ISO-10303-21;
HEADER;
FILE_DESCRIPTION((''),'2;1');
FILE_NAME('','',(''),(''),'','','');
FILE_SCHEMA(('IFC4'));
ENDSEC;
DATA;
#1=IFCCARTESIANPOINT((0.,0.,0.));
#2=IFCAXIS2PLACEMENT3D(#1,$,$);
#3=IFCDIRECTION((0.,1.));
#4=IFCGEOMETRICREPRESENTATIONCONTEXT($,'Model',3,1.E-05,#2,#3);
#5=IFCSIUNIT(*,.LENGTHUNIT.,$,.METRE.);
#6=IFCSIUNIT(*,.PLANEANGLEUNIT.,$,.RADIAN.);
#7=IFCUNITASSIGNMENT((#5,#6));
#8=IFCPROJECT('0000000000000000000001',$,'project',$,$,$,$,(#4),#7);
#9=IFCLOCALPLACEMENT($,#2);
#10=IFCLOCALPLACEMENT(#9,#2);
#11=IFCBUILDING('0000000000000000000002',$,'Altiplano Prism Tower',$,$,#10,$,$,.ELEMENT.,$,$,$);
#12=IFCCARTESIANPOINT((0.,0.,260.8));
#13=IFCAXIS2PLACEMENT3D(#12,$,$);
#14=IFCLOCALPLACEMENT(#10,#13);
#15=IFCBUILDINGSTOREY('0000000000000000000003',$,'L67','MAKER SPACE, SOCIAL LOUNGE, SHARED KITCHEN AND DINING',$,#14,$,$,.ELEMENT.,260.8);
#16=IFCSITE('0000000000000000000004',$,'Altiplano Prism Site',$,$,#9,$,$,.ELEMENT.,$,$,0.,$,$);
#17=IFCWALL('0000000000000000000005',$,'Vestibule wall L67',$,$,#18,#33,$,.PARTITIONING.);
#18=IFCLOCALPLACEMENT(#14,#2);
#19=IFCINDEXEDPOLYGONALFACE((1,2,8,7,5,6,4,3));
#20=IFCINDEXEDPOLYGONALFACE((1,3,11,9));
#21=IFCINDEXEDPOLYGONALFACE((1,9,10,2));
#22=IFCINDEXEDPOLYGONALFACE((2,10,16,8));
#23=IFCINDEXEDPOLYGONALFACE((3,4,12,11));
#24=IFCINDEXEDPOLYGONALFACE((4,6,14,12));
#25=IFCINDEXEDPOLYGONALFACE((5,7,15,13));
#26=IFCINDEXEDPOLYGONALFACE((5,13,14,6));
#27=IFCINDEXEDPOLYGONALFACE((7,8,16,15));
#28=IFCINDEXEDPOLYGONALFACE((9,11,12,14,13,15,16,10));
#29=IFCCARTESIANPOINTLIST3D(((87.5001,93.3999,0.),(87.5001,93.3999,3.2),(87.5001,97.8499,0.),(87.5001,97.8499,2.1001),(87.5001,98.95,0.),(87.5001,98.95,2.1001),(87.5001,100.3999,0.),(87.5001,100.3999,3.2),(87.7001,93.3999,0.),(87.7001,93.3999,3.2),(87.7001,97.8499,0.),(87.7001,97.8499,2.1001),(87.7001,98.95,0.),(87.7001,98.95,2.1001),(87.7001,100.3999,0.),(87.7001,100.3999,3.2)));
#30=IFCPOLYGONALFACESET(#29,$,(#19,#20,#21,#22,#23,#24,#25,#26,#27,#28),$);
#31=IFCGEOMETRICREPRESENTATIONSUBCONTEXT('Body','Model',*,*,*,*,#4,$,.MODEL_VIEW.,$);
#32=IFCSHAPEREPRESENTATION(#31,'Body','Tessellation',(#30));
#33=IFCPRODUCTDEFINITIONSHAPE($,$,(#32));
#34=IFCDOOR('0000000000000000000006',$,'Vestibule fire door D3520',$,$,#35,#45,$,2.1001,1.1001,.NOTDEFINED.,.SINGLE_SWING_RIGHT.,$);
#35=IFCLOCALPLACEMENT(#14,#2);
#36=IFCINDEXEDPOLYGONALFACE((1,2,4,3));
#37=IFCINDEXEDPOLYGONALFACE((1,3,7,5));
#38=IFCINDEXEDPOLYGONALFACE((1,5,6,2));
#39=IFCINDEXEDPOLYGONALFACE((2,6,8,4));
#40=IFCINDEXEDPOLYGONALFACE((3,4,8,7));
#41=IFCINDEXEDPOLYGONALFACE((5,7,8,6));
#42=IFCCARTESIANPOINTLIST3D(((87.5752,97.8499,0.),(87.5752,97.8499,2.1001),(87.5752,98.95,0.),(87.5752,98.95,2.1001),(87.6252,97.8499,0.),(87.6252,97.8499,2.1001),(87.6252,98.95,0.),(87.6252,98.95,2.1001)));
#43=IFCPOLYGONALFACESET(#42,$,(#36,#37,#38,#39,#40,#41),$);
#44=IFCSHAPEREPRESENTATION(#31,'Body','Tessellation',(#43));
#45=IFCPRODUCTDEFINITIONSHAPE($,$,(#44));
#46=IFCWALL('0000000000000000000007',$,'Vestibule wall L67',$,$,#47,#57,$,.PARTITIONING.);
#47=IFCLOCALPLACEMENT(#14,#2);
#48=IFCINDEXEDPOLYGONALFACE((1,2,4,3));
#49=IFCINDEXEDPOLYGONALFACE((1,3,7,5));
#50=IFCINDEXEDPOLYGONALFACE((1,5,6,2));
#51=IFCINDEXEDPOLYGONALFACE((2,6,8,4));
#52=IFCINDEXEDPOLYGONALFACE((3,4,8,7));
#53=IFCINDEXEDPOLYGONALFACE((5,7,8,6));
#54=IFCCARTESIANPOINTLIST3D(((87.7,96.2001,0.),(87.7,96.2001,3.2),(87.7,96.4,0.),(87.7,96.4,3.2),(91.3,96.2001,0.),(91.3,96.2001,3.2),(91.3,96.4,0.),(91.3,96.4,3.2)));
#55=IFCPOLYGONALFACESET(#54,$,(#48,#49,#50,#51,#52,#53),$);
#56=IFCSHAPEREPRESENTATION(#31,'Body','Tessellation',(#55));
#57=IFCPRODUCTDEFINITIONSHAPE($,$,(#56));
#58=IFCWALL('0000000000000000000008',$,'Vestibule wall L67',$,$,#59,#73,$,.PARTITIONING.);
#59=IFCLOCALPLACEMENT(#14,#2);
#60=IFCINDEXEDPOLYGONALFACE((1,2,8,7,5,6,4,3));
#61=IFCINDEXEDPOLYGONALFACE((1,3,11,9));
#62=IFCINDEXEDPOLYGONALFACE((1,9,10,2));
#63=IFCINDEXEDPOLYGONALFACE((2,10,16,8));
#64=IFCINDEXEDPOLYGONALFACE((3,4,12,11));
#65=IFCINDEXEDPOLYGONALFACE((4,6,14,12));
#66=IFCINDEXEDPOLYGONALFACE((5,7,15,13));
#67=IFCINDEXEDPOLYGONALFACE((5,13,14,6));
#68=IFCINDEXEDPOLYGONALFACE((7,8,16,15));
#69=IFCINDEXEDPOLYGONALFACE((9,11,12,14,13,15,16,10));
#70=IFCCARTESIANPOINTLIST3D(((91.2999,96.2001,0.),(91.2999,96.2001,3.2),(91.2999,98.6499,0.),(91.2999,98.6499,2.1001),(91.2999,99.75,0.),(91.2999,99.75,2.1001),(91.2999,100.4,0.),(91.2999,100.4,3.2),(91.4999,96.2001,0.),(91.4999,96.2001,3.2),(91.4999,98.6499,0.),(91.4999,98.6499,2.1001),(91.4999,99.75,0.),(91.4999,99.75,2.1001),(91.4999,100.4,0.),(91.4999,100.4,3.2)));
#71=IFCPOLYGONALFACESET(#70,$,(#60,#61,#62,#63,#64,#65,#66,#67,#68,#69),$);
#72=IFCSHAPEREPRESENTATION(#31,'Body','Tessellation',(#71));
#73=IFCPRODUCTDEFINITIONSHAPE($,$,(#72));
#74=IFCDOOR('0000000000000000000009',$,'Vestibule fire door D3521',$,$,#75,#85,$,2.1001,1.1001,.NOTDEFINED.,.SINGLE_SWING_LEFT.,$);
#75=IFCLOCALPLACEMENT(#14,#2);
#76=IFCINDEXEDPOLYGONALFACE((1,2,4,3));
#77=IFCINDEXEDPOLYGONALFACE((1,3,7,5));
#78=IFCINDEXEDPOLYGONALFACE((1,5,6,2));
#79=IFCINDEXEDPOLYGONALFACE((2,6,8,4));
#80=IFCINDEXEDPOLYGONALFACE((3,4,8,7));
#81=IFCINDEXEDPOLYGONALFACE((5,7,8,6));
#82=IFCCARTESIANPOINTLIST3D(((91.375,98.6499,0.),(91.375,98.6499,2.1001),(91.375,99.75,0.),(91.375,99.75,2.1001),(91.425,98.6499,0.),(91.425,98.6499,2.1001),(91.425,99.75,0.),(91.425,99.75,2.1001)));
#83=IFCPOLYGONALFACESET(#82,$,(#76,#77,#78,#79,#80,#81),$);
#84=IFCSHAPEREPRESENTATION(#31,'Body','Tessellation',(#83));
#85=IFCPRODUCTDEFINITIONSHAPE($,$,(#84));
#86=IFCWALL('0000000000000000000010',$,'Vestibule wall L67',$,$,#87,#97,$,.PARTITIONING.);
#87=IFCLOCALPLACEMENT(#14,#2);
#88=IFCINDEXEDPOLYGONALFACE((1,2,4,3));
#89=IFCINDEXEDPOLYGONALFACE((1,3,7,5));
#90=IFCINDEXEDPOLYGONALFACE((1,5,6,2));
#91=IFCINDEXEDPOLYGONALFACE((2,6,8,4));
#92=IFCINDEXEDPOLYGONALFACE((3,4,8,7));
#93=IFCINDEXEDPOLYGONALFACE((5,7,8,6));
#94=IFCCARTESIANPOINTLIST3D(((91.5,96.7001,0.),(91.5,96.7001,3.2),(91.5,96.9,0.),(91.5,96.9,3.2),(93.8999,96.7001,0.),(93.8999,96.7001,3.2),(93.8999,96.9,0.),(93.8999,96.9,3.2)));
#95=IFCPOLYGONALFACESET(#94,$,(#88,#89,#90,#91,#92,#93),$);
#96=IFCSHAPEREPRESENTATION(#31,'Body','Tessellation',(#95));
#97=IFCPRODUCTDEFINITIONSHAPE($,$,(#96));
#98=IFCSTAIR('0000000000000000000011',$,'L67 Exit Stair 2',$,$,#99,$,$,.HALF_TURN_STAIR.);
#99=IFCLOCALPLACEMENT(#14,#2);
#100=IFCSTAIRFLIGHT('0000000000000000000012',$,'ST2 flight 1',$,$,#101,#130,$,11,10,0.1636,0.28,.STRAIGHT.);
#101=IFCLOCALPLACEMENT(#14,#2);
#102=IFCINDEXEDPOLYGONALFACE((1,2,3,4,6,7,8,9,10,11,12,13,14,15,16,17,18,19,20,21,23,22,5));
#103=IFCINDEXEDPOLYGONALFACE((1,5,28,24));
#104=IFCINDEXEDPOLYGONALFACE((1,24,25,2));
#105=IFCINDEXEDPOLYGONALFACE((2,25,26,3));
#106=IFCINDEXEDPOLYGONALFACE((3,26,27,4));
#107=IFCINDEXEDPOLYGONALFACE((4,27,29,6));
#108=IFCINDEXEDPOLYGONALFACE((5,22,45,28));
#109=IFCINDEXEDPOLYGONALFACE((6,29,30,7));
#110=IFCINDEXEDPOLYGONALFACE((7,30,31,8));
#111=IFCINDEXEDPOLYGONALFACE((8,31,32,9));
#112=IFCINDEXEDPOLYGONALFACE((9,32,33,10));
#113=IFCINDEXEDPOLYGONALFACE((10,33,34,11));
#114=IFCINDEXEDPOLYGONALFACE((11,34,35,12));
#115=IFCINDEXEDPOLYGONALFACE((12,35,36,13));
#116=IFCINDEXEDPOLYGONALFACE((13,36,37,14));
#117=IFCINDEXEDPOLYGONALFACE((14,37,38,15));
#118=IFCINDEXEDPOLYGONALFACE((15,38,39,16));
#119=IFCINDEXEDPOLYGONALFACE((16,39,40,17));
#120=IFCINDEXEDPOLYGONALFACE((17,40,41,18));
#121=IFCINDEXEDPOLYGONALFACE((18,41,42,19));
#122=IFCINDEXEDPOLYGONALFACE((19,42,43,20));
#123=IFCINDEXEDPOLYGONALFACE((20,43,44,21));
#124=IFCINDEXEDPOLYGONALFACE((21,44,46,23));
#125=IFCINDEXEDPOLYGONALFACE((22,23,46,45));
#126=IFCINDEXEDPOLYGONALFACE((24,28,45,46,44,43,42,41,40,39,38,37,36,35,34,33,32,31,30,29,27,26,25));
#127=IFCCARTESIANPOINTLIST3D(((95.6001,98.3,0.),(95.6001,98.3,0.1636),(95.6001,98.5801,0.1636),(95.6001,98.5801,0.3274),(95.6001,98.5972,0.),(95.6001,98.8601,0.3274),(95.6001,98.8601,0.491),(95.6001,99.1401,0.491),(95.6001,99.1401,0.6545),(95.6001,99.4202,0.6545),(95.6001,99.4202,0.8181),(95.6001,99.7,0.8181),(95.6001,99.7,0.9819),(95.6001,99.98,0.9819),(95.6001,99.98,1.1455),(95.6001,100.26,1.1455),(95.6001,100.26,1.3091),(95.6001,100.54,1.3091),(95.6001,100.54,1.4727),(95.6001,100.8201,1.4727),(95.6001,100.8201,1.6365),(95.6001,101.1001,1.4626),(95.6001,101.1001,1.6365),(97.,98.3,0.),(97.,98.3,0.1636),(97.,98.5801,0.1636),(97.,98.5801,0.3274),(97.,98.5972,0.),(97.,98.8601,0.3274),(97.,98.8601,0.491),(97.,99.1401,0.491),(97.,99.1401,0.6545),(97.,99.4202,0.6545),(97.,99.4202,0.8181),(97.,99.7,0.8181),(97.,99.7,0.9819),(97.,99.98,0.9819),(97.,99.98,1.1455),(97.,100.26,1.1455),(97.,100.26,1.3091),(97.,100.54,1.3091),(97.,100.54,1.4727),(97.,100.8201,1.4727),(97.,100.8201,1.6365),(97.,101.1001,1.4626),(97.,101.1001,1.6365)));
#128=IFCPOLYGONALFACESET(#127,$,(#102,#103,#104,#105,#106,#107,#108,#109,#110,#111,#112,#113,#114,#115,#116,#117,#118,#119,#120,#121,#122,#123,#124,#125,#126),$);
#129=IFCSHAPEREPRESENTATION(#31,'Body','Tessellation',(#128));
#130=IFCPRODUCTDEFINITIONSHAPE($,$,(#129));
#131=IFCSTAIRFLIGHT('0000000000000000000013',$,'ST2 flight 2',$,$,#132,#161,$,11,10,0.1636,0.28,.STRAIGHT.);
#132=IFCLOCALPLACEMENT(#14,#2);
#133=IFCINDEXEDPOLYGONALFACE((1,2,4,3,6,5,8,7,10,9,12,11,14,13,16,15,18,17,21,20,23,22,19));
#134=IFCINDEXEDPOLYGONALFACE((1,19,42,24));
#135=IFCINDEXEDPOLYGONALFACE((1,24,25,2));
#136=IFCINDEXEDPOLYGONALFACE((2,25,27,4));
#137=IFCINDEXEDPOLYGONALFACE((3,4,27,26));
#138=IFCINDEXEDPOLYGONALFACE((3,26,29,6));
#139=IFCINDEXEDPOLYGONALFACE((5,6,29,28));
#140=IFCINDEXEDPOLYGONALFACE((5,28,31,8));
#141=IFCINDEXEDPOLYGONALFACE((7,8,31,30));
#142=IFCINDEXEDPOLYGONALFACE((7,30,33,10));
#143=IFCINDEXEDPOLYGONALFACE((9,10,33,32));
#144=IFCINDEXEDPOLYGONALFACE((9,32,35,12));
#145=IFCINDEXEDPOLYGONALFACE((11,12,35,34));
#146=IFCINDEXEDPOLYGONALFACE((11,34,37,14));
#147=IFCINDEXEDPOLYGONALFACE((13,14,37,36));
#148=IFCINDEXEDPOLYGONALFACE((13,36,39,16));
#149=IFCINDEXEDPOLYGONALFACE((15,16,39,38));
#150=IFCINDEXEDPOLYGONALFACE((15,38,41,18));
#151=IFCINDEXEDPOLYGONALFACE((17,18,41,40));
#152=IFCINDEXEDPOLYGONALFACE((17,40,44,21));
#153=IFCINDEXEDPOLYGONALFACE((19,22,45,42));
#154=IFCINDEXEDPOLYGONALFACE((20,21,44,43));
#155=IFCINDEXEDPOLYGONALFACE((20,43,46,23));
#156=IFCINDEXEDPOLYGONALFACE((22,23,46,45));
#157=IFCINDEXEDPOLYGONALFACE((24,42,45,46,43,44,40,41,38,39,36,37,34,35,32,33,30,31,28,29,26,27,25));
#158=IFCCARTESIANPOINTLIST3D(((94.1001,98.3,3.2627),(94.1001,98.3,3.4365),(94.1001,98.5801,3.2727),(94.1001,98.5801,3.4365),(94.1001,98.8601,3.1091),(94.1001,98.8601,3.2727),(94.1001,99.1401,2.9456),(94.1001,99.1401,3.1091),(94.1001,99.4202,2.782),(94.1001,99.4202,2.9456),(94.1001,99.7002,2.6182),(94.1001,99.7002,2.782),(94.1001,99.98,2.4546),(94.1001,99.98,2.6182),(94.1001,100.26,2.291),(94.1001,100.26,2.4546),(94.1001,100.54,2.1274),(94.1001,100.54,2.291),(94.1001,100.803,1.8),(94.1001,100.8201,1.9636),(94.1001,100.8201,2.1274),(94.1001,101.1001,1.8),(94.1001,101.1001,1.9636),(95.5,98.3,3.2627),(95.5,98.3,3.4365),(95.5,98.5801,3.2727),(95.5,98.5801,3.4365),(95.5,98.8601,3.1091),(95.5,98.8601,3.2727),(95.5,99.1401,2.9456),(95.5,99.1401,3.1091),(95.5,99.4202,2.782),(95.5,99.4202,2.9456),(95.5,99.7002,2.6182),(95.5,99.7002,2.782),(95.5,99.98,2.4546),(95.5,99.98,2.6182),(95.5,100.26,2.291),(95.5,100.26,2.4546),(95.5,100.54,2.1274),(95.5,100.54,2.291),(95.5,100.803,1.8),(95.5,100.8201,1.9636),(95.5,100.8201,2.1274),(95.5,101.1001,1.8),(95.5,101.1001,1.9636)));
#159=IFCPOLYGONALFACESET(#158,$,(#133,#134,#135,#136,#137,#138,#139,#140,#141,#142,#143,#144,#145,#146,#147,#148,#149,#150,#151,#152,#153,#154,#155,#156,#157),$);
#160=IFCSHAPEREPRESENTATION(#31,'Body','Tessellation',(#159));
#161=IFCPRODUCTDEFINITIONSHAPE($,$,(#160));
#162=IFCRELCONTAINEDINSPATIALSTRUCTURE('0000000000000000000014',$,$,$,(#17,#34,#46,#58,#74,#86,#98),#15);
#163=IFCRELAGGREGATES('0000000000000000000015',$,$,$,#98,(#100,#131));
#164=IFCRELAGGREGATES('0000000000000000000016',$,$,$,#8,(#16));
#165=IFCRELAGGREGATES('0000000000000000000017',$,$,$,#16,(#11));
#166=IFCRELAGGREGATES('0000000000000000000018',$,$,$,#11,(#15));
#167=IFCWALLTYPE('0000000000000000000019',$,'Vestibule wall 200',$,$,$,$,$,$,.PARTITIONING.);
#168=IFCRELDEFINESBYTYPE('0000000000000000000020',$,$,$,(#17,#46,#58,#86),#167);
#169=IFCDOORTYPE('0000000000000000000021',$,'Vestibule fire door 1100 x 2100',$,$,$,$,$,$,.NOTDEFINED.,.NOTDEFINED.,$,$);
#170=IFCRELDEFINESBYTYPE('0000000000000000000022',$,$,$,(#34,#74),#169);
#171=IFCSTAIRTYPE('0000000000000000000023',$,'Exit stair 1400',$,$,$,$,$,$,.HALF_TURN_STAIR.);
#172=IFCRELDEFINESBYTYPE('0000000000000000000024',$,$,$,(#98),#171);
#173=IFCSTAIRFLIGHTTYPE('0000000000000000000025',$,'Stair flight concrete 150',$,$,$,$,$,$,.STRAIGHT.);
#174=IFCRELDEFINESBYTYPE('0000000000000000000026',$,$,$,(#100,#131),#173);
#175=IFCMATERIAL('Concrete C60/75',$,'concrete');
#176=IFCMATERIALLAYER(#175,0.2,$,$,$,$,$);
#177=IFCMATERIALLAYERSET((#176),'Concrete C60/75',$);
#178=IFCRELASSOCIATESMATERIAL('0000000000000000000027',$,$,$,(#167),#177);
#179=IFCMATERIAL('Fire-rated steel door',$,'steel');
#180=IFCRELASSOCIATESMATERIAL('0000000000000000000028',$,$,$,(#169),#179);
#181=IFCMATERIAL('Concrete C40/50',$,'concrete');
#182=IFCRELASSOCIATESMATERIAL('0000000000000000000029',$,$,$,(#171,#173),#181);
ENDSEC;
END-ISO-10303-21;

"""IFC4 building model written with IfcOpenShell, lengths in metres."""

from ifc_helpers import new_model, si_unit, direction, frame, frame_2d, origin, place, context, subcontext, project, spatial, polyline, rectangle, outline, extrude, material, layer, layer_set, type_object, element, fill, aggregate, save


model = new_model("IFC4")

# Units and contexts
model_context = context("Model", 3, precision=1e-05, world=origin(), true_north=direction((0.0, 1.0)))
body_context = subcontext(model_context, "Body", "Model", "MODEL_VIEW")
ifc_project = project(units=[si_unit("LENGTHUNIT", "METRE"), si_unit("PLANEANGLEUNIT", "RADIAN")], contexts=[model_context])

# Site, building, storey
site_placement = place(None, origin())
site = spatial("IfcSite", under=ifc_project, at=site_placement, Name="Altiplano Prism Site", CompositionType="ELEMENT", RefElevation=0.0)
building_placement = place(site_placement, origin())
building = spatial("IfcBuilding", under=site, at=building_placement, Name="Altiplano Prism Tower", CompositionType="ELEMENT")
storey_placement = place(building_placement, frame((0.0, 0.0, 260.8)))
storey = spatial("IfcBuildingStorey", under=building, at=storey_placement, Name="L67", Description="MAKER SPACE, SOCIAL LOUNGE, SHARED KITCHEN AND DINING", CompositionType="ELEMENT", Elevation=260.8)

# Shared definitions
ifc_material_1 = material(Name="Concrete C60/75", Category="concrete")

# Shared definitions
ifc_material_2 = material(Name="Fire-rated steel door", Category="steel")

# Shared definitions
ifc_layer_1 = layer(ifc_material_1, 0.2)
ifc_layer_set_1 = layer_set([ifc_layer_1], Name="Concrete C60/75")
wall_type_1 = type_object("IfcWallType", Name="Vestibule wall 200", PredefinedType="PARTITIONING", material=ifc_layer_set_1)

# Wall, opening, door
wall_1_placement = place(storey_placement, frame((87.6001, 93.3999, 0.0), z_axis=(0.0, 0.0, 1.0), x_axis=(0.0, 1.0, 0.0)))
wall_1 = element("IfcWall", 1, at=wall_1_placement, inside=storey, type_object=wall_type_1, Name="Vestibule wall L67", PredefinedType="PARTITIONING", context=body_context, shape_type="SweptSolid", body=[
    extrude(rectangle(XDim=7.0, YDim=0.2, at=frame_2d((3.5, 0.0))), origin(), (0.0, 0.0, 1.0), 3.2),
])
opening_1_placement = place(wall_1_placement, frame((4.45, 0.0, 0.0)))
opening_1 = element("IfcOpeningElement", 2, at=opening_1_placement, cuts=wall_1, PredefinedType="OPENING", context=body_context, shape_type="SweptSolid", body=[
    extrude(rectangle(XDim=1.1001, YDim=2.1001, at=frame_2d((0.55, 1.05))), frame((0.0, 0.1104, 0.0), z_axis=(0.0, -1.0, 0.0), x_axis=(1.0, 0.0, 0.0)), (0.0, 0.0, 1.0), 0.2209),
])
door_type_1 = type_object("IfcDoorType", Name="Vestibule fire door 1100 x 2100", OperationType="NOTDEFINED", PredefinedType="NOTDEFINED", material=ifc_material_2)
door_1_placement = place(opening_1_placement, origin())
door_1 = element("IfcDoor", 3, at=door_1_placement, inside=storey, type_object=door_type_1, Name="Vestibule fire door D3520", OperationType="SINGLE_SWING_RIGHT", OverallHeight=2.1001, OverallWidth=1.1001, PredefinedType="NOTDEFINED", context=body_context, shape_type="SweptSolid", body=[
    extrude(rectangle(XDim=1.1001, YDim=2.1001, at=frame_2d((0.55, 1.05))), frame((0.0, 0.0249, 0.0), z_axis=(0.0, -1.0, 0.0), x_axis=(1.0, 0.0, 0.0)), (0.0, 0.0, 1.0), 0.05),
])
fill(opening_1, door_1)

# Wall
wall_2_placement = place(storey_placement, frame((87.7, 96.3, 0.0), z_axis=(0.0, 0.0, 1.0), x_axis=(1.0, 0.0, 0.0)))
element("IfcWall", 4, at=wall_2_placement, inside=storey, type_object=wall_type_1, Name="Vestibule wall L67", PredefinedType="PARTITIONING", context=body_context, shape_type="SweptSolid", body=[
    extrude(rectangle(XDim=3.6001, YDim=0.2, at=frame_2d((1.8, 0.0))), origin(), (0.0, 0.0, 1.0), 3.2),
])

# Wall, opening, door
wall_3_placement = place(storey_placement, frame((91.3999, 96.2, 0.0), z_axis=(0.0, 0.0, 1.0), x_axis=(0.0, 1.0, 0.0)))
wall_3 = element("IfcWall", 5, at=wall_3_placement, inside=storey, type_object=wall_type_1, Name="Vestibule wall L67", PredefinedType="PARTITIONING", context=body_context, shape_type="SweptSolid", body=[
    extrude(rectangle(XDim=4.2, YDim=0.2, at=frame_2d((2.1001, 0.0))), origin(), (0.0, 0.0, 1.0), 3.2),
])
opening_2_placement = place(wall_3_placement, frame((2.45, 0.0, 0.0)))
opening_2 = element("IfcOpeningElement", 6, at=opening_2_placement, cuts=wall_3, PredefinedType="OPENING", context=body_context, shape_type="SweptSolid", body=[
    extrude(rectangle(XDim=1.1001, YDim=2.1001, at=frame_2d((0.55, 1.05))), frame((0.0, 0.1104, 0.0), z_axis=(0.0, -1.0, 0.0), x_axis=(1.0, 0.0, 0.0)), (0.0, 0.0, 1.0), 0.2209),
])
door_2_placement = place(opening_2_placement, origin())
door_2 = element("IfcDoor", 7, at=door_2_placement, inside=storey, type_object=door_type_1, Name="Vestibule fire door D3521", OperationType="SINGLE_SWING_LEFT", OverallHeight=2.1001, OverallWidth=1.1001, PredefinedType="NOTDEFINED", context=body_context, shape_type="SweptSolid", body=[
    extrude(rectangle(XDim=1.1001, YDim=2.1001, at=frame_2d((0.55, 1.05))), frame((0.0, 0.0249, 0.0), z_axis=(0.0, -1.0, 0.0), x_axis=(1.0, 0.0, 0.0)), (0.0, 0.0, 1.0), 0.05),
])
fill(opening_2, door_2)

# Wall
wall_4_placement = place(storey_placement, frame((91.5, 96.8, 0.0), z_axis=(0.0, 0.0, 1.0), x_axis=(1.0, 0.0, 0.0)))
element("IfcWall", 8, at=wall_4_placement, inside=storey, type_object=wall_type_1, Name="Vestibule wall L67", PredefinedType="PARTITIONING", context=body_context, shape_type="SweptSolid", body=[
    extrude(rectangle(XDim=2.3999, YDim=0.2, at=frame_2d((1.2, 0.0))), origin(), (0.0, 0.0, 1.0), 3.2),
])

# Stair, stair flights
ifc_material_3 = material(Name="Concrete C40/50", Category="concrete")
stair_type = type_object("IfcStairType", Name="Exit stair 1400", PredefinedType="HALF_TURN_STAIR", material=ifc_material_3)
stair_placement = place(storey_placement, origin())
stair = element("IfcStair", 9, at=stair_placement, inside=storey, type_object=stair_type, Name="L67 Exit Stair 2", PredefinedType="HALF_TURN_STAIR")
stair_flight_type = type_object("IfcStairFlightType", Name="Stair flight concrete 150", PredefinedType="STRAIGHT", material=ifc_material_3)
stair_flight_1_placement = place(storey_placement, frame((96.3, 98.3, 0.0), z_axis=(0.0, 0.0, 1.0), x_axis=(0.0, 1.0, 0.0)))
stair_flight_1 = element("IfcStairFlight", 10, at=stair_flight_1_placement, type_object=stair_flight_type, Name="ST2 flight 1", NumberOfRisers=11, NumberOfTreads=10, PredefinedType="STRAIGHT", RiserHeight=0.1636, TreadLength=0.28, context=body_context, shape_type="SweptSolid", body=[
    extrude(outline(polyline([(0.0, 0.0), (0.0, 0.1636), (0.28, 0.1636), (0.28, 0.3274), (0.5601, 0.3274), (0.5601, 0.491), (0.8401, 0.491), (0.8401, 0.6545), (1.1201, 0.6545), (1.1201, 0.8181), (1.3999, 0.8181), (1.3999, 0.9819), (1.6799, 0.9819), (1.6799, 1.1455), (1.96, 1.1455), (1.96, 1.3091), (2.24, 1.3091), (2.24, 1.4727), (2.52, 1.4727), (2.52, 1.6365), (2.8, 1.6365), (2.8, 1.8), (2.8, 1.4626), (0.2971, 0.0), (0.0, 0.0)])), frame((0.0, 0.7, 0.0), z_axis=(0.0, -1.0, 0.0), x_axis=(1.0, 0.0, 0.0)), (0.0, 0.0, 1.0), 1.3999),
])
stair_flight_2_placement = place(storey_placement, frame((94.8, 101.1001, 1.8), z_axis=(0.0, 0.0, 1.0), x_axis=(0.0, -1.0, 0.0)))
stair_flight_2 = element("IfcStairFlight", 11, at=stair_flight_2_placement, type_object=stair_flight_type, Name="ST2 flight 2", NumberOfRisers=11, NumberOfTreads=10, PredefinedType="STRAIGHT", RiserHeight=0.1636, TreadLength=0.28, context=body_context, shape_type="SweptSolid", body=[
    extrude(outline(polyline([(0.0, 0.0), (0.0, 0.1636), (0.28, 0.1636), (0.28, 0.3274), (0.5601, 0.3274), (0.5601, 0.491), (0.8401, 0.491), (0.8401, 0.6545), (1.1201, 0.6545), (1.1201, 0.8181), (1.3999, 0.8181), (1.3999, 0.9819), (1.6799, 0.9819), (1.6799, 1.1455), (1.96, 1.1455), (1.96, 1.3091), (2.24, 1.3091), (2.24, 1.4727), (2.52, 1.4727), (2.52, 1.6365), (2.8, 1.6365), (2.8, 1.8), (2.8, 1.4626), (0.2971, 0.0), (0.0, 0.0)])), frame((0.0, 0.7, 0.0), z_axis=(0.0, -1.0, 0.0), x_axis=(1.0, 0.0, 0.0)), (0.0, 0.0, 1.0), 1.3999),
])
aggregate(stair, [stair_flight_1, stair_flight_2])

save(model, "model.ifc")
